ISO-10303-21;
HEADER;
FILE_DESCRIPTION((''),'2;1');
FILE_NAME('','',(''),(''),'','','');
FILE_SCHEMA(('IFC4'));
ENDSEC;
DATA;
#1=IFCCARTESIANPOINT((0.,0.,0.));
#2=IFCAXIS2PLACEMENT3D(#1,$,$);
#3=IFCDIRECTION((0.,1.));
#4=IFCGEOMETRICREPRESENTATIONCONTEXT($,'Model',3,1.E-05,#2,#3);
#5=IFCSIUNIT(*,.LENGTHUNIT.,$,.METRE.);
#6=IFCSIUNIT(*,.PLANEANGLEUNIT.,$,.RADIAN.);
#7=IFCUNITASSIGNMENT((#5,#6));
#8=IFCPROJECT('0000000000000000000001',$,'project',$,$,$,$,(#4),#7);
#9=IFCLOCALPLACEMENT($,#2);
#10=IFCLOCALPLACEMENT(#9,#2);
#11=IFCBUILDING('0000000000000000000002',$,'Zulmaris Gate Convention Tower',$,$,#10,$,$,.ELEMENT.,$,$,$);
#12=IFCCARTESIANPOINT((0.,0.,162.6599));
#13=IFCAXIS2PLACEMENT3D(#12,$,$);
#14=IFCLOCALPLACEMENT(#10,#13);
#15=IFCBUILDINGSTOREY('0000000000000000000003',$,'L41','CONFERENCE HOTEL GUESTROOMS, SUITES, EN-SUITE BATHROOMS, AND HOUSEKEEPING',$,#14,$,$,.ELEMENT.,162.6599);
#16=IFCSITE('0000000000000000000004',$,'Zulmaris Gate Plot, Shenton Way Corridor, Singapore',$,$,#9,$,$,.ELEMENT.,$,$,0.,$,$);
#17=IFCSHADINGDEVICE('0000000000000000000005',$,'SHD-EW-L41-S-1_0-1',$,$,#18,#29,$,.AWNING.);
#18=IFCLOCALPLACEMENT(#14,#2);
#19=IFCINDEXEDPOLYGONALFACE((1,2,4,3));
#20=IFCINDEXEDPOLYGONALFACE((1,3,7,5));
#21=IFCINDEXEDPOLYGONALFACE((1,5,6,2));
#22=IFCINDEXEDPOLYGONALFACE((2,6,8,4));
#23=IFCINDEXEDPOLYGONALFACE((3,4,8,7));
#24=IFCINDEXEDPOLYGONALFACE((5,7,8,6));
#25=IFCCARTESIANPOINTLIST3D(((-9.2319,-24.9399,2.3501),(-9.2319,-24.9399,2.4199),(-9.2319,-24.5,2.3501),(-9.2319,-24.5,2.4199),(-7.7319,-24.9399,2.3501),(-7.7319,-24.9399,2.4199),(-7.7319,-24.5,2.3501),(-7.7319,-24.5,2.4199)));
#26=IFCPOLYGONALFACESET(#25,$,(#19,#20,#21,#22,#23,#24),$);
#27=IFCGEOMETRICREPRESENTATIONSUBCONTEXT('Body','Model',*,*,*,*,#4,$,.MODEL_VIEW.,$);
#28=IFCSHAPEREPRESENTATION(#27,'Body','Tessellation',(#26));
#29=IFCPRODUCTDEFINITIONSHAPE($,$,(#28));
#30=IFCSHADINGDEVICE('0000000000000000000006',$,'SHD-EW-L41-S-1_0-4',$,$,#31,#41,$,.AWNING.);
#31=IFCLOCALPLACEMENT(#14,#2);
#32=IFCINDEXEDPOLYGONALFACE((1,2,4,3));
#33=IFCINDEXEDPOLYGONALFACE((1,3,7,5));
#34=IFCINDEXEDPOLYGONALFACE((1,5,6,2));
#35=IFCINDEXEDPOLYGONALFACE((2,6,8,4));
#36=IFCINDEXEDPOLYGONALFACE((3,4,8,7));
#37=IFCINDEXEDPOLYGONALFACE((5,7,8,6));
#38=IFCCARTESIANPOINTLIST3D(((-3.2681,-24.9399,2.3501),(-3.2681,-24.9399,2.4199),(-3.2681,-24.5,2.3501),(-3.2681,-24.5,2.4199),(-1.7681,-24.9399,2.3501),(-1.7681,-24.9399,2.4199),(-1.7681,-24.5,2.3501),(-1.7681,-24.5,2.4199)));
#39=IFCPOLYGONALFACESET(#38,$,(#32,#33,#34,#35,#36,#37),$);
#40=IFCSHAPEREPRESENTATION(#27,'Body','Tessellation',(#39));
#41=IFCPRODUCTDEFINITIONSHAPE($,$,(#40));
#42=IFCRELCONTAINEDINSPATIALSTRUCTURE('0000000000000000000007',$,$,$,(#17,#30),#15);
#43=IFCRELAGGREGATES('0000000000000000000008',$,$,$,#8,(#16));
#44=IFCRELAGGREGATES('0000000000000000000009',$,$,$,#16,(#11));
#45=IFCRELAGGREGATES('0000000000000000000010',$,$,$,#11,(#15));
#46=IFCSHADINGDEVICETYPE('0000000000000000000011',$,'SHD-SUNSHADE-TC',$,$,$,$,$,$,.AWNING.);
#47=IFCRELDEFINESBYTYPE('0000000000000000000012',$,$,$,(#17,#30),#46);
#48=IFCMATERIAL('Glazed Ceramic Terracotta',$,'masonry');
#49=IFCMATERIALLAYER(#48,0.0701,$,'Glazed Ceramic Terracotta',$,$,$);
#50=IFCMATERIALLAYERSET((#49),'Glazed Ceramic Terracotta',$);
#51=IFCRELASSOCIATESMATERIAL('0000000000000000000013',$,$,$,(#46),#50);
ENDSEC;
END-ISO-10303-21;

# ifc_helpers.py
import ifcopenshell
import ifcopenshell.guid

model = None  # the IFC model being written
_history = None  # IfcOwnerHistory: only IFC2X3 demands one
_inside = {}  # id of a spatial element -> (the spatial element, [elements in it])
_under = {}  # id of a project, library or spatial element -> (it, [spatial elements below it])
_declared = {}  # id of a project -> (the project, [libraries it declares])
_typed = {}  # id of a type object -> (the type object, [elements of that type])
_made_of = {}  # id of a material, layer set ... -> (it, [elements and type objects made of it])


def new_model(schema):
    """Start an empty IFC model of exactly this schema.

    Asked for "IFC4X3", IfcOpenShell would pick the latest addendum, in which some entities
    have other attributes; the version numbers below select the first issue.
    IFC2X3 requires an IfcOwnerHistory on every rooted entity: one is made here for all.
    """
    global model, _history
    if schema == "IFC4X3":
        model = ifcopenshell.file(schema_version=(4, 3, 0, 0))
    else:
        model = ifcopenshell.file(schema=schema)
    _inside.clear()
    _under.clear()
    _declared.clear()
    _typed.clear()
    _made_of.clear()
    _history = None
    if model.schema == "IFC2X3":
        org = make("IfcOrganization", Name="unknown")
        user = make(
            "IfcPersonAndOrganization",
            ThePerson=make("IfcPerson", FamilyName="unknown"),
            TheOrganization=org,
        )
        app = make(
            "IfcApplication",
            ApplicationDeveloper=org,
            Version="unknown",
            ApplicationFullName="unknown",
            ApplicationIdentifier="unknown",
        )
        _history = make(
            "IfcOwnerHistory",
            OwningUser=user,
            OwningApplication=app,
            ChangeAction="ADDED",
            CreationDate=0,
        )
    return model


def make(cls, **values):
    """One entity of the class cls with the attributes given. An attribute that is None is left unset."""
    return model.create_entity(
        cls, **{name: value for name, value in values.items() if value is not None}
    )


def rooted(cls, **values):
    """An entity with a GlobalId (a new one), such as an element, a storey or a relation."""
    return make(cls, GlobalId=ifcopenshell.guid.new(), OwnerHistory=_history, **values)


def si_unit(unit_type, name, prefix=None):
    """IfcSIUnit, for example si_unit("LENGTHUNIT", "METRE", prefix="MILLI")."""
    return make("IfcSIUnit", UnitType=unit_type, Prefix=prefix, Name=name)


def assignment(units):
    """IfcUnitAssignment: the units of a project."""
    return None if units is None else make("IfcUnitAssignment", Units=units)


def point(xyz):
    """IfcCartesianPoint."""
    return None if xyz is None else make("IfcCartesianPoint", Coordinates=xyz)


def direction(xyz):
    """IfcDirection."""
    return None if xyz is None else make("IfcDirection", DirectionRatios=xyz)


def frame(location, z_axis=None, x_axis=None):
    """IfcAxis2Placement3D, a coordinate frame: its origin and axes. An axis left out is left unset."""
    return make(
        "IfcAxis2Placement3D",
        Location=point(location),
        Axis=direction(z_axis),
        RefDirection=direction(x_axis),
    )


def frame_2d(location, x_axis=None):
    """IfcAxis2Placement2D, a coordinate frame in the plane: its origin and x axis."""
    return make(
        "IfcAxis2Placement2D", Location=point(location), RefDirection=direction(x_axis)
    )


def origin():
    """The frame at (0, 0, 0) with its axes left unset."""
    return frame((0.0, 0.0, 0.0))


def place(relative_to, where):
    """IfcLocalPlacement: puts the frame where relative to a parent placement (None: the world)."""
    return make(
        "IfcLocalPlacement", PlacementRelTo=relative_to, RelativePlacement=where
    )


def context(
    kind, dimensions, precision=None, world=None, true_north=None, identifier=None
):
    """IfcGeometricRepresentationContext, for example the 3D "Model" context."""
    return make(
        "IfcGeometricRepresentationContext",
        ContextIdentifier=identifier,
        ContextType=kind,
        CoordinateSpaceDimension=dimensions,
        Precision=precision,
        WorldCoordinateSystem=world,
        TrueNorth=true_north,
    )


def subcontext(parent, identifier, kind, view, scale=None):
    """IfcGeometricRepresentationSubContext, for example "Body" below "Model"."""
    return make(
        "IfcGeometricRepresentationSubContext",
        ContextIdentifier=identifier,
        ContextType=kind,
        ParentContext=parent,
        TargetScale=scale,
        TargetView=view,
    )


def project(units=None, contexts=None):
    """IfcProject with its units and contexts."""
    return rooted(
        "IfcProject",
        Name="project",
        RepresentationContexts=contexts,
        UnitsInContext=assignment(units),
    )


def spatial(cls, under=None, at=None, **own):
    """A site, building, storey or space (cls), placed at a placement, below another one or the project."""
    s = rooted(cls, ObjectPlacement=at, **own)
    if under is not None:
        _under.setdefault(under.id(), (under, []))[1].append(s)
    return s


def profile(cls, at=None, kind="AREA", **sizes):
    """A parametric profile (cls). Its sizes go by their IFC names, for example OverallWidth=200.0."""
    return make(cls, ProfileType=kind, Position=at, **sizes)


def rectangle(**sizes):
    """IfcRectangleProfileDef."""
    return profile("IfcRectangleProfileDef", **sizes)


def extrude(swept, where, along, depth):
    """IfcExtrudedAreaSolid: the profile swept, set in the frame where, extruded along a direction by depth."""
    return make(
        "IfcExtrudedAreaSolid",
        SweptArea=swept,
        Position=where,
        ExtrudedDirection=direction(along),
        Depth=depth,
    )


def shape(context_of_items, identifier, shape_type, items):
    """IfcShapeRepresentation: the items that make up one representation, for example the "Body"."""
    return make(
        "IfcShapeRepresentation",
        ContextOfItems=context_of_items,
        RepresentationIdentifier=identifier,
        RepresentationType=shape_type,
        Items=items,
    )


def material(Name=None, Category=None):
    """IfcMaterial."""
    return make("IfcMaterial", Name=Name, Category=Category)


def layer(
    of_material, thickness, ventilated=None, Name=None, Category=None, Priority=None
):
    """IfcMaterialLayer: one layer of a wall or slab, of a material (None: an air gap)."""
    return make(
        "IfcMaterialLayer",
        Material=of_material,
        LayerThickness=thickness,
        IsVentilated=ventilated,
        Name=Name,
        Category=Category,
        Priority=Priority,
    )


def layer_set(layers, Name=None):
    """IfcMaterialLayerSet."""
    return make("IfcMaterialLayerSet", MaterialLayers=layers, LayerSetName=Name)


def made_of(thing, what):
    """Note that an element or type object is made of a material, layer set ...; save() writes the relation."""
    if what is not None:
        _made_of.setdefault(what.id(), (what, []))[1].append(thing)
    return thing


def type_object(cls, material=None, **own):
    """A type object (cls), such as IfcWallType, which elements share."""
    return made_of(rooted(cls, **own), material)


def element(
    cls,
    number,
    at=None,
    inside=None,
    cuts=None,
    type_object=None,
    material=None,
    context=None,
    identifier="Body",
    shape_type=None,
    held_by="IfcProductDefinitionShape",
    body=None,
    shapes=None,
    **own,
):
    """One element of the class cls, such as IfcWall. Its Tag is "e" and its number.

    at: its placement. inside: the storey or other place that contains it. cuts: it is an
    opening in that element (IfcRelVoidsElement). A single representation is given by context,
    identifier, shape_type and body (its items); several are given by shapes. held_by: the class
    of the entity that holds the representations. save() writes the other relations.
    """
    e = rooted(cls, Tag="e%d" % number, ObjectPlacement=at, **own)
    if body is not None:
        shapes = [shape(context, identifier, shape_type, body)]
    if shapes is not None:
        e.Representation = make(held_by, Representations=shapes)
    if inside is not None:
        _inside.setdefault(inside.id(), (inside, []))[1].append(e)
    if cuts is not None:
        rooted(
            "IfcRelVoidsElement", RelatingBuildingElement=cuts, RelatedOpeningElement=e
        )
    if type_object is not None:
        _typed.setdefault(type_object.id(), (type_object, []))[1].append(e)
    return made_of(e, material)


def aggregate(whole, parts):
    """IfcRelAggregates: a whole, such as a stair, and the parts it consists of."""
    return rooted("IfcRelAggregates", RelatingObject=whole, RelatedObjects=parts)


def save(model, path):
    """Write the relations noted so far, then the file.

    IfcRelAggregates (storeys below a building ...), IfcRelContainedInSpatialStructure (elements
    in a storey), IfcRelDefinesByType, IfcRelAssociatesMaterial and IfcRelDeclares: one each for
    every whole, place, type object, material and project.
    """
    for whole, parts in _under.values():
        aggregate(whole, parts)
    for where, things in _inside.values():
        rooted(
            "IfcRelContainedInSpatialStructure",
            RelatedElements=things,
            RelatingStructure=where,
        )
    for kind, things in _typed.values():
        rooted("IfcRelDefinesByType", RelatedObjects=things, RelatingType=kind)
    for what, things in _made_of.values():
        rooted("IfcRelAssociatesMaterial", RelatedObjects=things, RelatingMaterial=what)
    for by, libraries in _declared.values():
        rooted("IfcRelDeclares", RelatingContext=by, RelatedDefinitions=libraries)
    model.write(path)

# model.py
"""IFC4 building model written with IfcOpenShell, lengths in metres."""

from ifc_helpers import new_model, si_unit, direction, frame, frame_2d, origin, place, context, subcontext, project, spatial, rectangle, extrude, material, layer, layer_set, type_object, element, save


model = new_model("IFC4")

# Units and contexts
model_context = context("Model", 3, precision=1e-05, world=origin(), true_north=direction((0.0, 1.0)))
body_context = subcontext(model_context, "Body", "Model", "MODEL_VIEW")
ifc_project = project(units=[si_unit("LENGTHUNIT", "METRE"), si_unit("PLANEANGLEUNIT", "RADIAN")], contexts=[model_context])

# Site, building, storey
site_placement = place(None, origin())
site = spatial("IfcSite", under=ifc_project, at=site_placement, Name="Zulmaris Gate Plot, Shenton Way Corridor, Singapore", CompositionType="ELEMENT", RefElevation=0.0)
building_placement = place(site_placement, origin())
building = spatial("IfcBuilding", under=site, at=building_placement, Name="Zulmaris Gate Convention Tower", CompositionType="ELEMENT")
storey_placement = place(building_placement, frame((0.0, 0.0, 162.6599)))
storey = spatial("IfcBuildingStorey", under=building, at=storey_placement, Name="L41", Description="CONFERENCE HOTEL GUESTROOMS, SUITES, EN-SUITE BATHROOMS, AND HOUSEKEEPING", CompositionType="ELEMENT", Elevation=162.6599)

# Shading devices
ifc_material_1 = material(Name="Glazed Ceramic Terracotta", Category="masonry")
ifc_layer_1 = layer(ifc_material_1, 0.0701, Name="Glazed Ceramic Terracotta")
ifc_layer_set_1 = layer_set([ifc_layer_1], Name="Glazed Ceramic Terracotta")
shading_device_type = type_object("IfcShadingDeviceType", Name="SHD-SUNSHADE-TC", PredefinedType="AWNING", material=ifc_layer_set_1)
for number, where, z_axis, x_axis, name in (
    (1, (-9.2319, -24.72, 2.3501), (0.0, 0.0, 1.0), (1.0, 0.0, 0.0), "SHD-EW-L41-S-1_0-1"),
    (2, (-3.2681, -24.72, 2.3501), (0.0, 0.0, 1.0), (1.0, 0.0, 0.0), "SHD-EW-L41-S-1_0-4"),
):
    element("IfcShadingDevice", number, at=place(storey_placement, frame(where, z_axis=z_axis, x_axis=x_axis)), inside=storey, type_object=shading_device_type, Name=name, PredefinedType="AWNING", context=body_context, shape_type="SweptSolid", body=[
        extrude(rectangle(XDim=1.5, YDim=0.4399, at=frame_2d((0.75, 0.0))), origin(), (0.0, 0.0, 1.0), 0.0698),
    ])

save(model, "model.ifc")
